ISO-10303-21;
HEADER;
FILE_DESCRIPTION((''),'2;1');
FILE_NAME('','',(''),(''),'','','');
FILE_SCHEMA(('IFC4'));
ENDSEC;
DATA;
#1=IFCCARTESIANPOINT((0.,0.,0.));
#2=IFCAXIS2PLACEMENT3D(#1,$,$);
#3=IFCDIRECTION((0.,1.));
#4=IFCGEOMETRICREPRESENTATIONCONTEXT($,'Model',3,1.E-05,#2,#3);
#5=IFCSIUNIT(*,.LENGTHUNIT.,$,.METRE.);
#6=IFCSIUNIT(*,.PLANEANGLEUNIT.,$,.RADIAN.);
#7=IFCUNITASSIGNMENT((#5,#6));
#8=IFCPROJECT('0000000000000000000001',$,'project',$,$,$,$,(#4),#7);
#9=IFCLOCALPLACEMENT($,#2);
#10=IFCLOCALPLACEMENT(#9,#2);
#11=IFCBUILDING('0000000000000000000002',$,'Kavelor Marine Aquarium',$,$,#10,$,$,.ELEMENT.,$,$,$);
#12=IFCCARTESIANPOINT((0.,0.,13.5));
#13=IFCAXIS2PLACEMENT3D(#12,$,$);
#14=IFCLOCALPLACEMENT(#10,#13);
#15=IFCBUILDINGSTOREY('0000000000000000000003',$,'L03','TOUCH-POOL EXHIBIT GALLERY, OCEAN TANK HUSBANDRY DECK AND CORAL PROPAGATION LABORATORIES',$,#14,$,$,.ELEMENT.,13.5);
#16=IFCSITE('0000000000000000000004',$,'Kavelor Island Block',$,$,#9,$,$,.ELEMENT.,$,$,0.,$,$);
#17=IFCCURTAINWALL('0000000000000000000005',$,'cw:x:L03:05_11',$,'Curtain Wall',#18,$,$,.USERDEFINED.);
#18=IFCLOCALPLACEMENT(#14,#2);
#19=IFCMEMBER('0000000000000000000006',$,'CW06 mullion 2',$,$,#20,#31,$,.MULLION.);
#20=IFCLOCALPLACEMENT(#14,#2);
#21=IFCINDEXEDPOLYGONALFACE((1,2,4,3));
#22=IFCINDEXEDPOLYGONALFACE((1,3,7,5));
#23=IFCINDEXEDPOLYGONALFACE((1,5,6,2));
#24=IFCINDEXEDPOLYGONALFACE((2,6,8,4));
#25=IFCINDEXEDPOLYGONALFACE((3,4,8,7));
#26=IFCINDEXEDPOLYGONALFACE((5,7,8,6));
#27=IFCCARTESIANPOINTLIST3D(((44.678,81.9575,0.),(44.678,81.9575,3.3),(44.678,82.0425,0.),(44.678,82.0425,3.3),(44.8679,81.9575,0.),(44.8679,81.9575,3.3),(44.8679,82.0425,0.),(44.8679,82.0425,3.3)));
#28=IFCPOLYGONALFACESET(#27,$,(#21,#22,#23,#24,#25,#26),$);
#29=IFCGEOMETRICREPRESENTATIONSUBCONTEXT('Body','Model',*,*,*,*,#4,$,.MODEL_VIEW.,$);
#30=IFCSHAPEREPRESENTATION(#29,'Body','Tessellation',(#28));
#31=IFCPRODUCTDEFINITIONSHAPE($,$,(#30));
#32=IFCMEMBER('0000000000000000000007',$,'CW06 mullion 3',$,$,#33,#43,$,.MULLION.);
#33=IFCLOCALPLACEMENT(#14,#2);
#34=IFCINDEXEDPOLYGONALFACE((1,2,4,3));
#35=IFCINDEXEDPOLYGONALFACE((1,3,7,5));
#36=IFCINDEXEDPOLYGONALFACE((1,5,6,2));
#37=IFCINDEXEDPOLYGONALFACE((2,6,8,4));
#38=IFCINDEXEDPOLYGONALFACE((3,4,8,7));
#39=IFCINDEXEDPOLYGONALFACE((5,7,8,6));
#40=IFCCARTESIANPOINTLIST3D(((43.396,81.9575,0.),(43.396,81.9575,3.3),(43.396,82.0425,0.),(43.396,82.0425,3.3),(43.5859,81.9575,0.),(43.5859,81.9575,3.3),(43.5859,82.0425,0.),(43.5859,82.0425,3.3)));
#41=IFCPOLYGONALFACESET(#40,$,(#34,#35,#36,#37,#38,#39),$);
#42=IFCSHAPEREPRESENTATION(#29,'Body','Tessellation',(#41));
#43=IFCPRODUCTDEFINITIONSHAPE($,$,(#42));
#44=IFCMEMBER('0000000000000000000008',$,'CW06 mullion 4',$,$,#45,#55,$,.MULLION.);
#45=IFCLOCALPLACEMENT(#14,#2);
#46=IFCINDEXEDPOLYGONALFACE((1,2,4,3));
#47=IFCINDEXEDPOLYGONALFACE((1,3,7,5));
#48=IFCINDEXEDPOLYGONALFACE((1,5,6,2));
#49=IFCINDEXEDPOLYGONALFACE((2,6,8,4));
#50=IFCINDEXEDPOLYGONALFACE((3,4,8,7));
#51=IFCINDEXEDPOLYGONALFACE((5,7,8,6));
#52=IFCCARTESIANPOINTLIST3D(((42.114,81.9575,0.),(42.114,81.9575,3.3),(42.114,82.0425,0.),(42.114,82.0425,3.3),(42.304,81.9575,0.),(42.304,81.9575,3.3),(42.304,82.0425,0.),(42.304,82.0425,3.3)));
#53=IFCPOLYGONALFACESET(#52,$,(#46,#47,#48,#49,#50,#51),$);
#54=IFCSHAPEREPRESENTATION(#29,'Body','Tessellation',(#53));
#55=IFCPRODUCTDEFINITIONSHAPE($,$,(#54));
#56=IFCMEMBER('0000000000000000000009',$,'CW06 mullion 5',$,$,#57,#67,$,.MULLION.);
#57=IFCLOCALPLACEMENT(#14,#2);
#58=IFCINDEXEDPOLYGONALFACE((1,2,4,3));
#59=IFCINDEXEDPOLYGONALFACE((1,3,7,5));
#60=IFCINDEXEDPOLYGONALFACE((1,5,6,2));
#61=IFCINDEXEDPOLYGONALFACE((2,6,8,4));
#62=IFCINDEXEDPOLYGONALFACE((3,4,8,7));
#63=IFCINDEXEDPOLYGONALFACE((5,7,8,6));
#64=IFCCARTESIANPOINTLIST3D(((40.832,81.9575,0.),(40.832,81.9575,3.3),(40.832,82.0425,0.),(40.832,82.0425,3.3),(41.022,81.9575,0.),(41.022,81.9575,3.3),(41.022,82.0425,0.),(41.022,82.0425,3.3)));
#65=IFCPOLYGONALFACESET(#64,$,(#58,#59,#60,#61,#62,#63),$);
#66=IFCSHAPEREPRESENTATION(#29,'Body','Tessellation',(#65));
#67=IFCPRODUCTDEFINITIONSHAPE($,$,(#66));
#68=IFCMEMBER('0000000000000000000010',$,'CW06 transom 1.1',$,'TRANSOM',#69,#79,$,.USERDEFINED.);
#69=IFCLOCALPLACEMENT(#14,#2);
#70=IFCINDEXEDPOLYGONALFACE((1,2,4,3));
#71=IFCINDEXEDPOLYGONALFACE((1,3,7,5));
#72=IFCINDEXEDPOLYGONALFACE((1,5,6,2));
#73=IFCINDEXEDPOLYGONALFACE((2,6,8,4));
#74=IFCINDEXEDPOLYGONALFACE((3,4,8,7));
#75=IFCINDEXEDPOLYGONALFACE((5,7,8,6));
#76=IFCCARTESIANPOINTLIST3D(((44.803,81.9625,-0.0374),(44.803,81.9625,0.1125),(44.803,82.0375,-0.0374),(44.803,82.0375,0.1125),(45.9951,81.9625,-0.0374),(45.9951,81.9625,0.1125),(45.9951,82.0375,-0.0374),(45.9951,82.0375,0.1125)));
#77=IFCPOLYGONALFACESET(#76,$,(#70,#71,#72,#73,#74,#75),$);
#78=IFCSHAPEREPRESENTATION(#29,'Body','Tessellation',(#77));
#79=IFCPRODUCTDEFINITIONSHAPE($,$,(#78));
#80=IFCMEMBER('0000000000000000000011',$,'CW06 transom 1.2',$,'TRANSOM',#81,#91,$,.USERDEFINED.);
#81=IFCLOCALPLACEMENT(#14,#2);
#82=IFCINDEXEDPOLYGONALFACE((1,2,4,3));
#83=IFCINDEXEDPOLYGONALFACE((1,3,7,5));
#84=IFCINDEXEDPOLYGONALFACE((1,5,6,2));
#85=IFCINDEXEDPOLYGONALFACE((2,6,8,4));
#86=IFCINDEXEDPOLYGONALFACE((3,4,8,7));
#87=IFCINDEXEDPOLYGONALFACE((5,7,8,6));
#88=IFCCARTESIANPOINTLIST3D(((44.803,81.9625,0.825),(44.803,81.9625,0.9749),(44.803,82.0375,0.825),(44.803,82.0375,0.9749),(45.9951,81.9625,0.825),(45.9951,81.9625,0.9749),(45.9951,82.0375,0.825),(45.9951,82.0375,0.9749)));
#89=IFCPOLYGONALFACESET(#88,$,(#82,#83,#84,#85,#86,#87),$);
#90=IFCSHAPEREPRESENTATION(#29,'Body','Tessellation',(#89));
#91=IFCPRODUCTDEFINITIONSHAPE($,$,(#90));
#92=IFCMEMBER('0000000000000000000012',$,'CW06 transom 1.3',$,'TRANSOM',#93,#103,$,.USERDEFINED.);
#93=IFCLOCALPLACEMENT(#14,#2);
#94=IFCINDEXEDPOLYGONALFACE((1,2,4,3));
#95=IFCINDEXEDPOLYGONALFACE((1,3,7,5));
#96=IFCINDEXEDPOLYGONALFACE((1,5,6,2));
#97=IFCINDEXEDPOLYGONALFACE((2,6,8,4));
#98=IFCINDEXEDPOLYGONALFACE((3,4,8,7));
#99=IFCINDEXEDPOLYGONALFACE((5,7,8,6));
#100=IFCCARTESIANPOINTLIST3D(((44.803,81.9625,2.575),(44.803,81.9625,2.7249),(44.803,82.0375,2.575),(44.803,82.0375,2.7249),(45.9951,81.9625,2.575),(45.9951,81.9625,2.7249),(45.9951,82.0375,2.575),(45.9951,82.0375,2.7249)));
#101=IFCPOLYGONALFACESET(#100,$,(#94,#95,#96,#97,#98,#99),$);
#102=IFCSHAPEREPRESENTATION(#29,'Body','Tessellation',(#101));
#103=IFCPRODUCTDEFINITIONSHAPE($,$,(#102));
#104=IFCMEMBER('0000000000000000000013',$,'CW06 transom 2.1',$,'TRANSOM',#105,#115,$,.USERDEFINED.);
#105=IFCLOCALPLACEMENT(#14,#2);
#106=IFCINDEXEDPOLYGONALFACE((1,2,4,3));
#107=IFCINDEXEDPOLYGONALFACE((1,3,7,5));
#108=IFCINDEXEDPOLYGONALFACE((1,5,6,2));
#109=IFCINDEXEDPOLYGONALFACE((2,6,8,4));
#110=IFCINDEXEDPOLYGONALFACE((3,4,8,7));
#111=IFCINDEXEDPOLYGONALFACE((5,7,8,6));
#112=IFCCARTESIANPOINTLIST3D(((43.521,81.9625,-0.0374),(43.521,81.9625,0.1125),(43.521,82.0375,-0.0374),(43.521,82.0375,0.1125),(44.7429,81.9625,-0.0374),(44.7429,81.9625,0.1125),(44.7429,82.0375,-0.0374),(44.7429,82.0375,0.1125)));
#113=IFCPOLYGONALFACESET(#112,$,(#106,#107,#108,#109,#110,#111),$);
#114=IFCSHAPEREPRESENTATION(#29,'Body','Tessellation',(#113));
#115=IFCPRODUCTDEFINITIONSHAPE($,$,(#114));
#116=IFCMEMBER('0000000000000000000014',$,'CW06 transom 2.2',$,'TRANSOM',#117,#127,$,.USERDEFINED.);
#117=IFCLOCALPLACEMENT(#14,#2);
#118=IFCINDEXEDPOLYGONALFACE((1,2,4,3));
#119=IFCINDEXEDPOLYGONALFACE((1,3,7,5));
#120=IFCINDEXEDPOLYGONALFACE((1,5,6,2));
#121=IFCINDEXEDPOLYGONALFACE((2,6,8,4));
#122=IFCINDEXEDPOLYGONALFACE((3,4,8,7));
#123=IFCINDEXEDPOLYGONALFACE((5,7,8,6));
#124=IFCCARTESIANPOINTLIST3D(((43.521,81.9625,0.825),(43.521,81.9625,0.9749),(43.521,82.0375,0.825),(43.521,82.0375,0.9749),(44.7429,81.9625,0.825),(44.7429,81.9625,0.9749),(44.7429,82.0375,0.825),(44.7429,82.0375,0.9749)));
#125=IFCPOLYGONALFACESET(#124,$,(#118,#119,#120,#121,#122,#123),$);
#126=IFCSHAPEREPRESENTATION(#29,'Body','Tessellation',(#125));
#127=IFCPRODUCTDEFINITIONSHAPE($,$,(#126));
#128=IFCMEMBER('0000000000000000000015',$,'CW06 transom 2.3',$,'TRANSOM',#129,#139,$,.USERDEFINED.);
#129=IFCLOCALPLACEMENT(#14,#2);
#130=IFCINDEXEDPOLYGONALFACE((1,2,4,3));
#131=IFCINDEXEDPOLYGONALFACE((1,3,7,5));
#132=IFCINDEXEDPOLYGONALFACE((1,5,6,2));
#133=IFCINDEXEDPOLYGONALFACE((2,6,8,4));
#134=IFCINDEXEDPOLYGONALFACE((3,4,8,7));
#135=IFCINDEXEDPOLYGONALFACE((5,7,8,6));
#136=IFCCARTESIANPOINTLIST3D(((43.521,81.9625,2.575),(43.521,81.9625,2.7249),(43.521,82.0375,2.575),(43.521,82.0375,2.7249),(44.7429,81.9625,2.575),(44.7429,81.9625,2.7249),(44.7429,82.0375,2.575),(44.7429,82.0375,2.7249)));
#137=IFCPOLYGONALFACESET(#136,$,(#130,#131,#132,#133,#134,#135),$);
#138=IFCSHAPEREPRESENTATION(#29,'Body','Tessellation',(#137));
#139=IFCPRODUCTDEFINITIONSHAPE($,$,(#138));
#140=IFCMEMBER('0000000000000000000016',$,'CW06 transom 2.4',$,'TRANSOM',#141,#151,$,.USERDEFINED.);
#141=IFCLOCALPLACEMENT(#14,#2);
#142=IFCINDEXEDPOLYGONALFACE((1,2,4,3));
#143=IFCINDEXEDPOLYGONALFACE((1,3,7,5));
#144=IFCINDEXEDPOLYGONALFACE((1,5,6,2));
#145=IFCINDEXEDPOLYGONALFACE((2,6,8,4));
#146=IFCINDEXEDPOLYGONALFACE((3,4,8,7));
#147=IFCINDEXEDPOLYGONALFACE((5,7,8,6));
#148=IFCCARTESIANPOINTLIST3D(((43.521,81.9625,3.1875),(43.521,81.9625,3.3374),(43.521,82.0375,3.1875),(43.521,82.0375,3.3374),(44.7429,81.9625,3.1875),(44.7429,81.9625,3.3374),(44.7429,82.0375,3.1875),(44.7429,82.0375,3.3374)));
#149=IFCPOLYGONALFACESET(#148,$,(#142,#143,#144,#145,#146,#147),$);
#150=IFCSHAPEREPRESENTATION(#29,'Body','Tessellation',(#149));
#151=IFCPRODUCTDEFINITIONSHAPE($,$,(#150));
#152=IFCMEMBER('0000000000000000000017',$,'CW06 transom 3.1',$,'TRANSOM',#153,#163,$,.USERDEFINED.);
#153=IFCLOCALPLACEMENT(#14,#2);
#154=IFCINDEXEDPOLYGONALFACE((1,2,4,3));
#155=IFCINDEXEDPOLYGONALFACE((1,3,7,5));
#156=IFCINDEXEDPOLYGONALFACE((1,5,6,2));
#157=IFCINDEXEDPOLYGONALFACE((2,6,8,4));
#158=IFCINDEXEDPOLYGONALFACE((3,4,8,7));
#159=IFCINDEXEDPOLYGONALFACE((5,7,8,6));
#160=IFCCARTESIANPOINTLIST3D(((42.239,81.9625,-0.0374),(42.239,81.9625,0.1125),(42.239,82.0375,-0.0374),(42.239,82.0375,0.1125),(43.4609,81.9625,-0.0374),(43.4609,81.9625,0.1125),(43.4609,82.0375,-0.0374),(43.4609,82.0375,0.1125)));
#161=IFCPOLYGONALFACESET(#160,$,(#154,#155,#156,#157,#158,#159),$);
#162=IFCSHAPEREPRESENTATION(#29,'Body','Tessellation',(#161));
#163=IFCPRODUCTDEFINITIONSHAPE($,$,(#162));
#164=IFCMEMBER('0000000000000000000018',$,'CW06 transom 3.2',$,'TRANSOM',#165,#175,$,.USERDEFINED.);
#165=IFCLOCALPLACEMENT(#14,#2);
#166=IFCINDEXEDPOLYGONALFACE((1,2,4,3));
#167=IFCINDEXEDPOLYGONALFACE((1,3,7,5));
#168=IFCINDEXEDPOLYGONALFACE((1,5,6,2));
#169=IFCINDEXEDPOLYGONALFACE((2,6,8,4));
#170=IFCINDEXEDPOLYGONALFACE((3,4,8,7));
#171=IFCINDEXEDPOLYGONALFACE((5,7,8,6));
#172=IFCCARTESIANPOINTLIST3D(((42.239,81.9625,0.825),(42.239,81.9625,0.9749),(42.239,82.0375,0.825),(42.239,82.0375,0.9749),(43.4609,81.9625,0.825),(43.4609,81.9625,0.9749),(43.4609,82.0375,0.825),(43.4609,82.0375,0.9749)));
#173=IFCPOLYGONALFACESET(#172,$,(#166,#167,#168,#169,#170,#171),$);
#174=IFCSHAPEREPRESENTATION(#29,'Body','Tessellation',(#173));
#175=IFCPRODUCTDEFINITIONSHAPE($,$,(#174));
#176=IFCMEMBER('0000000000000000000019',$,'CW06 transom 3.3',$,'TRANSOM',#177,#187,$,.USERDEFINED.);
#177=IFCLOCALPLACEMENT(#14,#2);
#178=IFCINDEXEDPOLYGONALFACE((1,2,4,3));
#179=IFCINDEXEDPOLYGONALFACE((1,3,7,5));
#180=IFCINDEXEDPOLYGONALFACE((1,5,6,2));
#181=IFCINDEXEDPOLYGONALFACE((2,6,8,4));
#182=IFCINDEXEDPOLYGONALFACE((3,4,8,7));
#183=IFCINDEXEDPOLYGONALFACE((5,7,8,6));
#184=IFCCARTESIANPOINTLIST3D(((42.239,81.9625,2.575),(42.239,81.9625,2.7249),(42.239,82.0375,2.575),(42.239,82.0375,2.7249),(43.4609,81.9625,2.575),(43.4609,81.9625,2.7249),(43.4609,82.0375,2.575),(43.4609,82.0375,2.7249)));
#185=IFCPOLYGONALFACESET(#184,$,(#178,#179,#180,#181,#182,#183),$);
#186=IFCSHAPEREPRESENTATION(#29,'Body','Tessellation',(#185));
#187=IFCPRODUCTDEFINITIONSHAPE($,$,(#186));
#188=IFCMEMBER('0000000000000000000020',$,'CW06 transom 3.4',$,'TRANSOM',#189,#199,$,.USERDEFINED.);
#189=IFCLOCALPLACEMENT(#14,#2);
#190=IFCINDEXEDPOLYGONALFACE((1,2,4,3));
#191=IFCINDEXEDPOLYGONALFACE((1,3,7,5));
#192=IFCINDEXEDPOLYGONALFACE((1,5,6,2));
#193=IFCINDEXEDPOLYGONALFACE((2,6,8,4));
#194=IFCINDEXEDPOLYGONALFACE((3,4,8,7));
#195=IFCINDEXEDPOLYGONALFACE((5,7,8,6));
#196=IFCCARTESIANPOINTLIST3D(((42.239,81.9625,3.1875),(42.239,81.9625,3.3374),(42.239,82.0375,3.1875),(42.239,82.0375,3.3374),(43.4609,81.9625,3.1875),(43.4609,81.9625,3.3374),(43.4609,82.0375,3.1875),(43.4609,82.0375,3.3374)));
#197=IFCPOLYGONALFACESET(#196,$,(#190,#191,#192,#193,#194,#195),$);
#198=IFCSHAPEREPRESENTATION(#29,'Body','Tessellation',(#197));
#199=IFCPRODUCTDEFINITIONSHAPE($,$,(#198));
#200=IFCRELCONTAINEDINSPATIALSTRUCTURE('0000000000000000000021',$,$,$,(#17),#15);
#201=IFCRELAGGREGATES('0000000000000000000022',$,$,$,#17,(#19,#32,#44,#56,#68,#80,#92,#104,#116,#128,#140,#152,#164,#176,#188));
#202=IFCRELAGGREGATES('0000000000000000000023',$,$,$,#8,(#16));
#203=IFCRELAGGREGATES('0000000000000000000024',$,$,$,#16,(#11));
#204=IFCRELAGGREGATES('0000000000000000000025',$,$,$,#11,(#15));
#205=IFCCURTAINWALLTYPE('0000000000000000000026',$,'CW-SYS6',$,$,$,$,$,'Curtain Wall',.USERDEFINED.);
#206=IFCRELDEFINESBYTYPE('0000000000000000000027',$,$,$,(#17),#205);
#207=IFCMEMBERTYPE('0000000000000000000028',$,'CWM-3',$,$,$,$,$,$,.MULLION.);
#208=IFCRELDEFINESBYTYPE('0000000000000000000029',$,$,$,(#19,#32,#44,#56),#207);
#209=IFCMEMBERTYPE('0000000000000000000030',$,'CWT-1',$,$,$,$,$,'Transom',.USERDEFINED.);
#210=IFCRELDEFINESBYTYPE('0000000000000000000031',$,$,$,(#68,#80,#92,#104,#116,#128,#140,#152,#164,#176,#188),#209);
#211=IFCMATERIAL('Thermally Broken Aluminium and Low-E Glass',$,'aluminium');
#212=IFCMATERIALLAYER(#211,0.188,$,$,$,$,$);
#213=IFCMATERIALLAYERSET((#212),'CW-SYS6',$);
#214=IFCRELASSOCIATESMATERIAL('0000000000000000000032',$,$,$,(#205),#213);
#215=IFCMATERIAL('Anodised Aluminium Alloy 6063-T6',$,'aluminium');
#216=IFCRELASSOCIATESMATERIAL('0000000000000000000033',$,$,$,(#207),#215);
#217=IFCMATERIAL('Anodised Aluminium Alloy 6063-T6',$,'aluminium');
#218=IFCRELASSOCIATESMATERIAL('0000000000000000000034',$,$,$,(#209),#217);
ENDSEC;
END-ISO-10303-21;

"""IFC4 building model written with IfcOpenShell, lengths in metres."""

from ifc_helpers import new_model, si_unit, direction, frame, origin, origin_2d, place, context, subcontext, project, spatial, rectangle, extrude, material, layer, layer_set, material_profile, profile_set, type_object, element, aggregate, save


model = new_model("IFC4")

# Units and contexts
model_context = context("Model", 3, precision=1e-05, world=origin(), true_north=direction((0.0, 1.0)))
body_context = subcontext(model_context, "Body", "Model", "MODEL_VIEW")
ifc_project = project(units=[si_unit("LENGTHUNIT", "METRE"), si_unit("PLANEANGLEUNIT", "RADIAN")], contexts=[model_context])

# Site, building, storey
site_placement = place(None, origin())
site = spatial("IfcSite", under=ifc_project, at=site_placement, Name="Kavelor Island Block", CompositionType="ELEMENT", RefElevation=0.0)
building_placement = place(site_placement, origin())
building = spatial("IfcBuilding", under=site, at=building_placement, Name="Kavelor Marine Aquarium", CompositionType="ELEMENT")
storey_placement = place(building_placement, frame((0.0, 0.0, 13.5)))
storey = spatial("IfcBuildingStorey", under=building, at=storey_placement, Name="L03", Description="TOUCH-POOL EXHIBIT GALLERY, OCEAN TANK HUSBANDRY DECK AND CORAL PROPAGATION LABORATORIES", CompositionType="ELEMENT", Elevation=13.5)

# Curtain wall, members
ifc_material_1 = material(Name="Thermally Broken Aluminium and Low-E Glass", Category="aluminium")
ifc_layer_1 = layer(ifc_material_1, 0.188)
ifc_layer_set_1 = layer_set([ifc_layer_1], Name="CW-SYS6")
curtain_wall_type = type_object("IfcCurtainWallType", Name="CW-SYS6", ElementType="Curtain Wall", PredefinedType="USERDEFINED", material=ifc_layer_set_1)
curtain_wall_placement = place(storey_placement, origin())
curtain_wall = element("IfcCurtainWall", 1, at=curtain_wall_placement, inside=storey, type_object=curtain_wall_type, Name="cw:x:L03:05_11", ObjectType="Curtain Wall", PredefinedType="USERDEFINED")
ifc_material_2 = material(Name="Anodised Aluminium Alloy 6063-T6", Category="aluminium")
ifc_material_profile_1 = material_profile(ifc_material_2, rectangle(XDim=0.085, YDim=0.1899, at=origin_2d()), Name="CW-MUL 85x190")
ifc_profile_set_1 = profile_set([ifc_material_profile_1], Name="Anodised Aluminium Alloy 6063-T6")
member_type_1 = type_object("IfcMemberType", Name="CWM-3", PredefinedType="MULLION", material=ifc_profile_set_1)
member_1_placement = place(storey_placement, frame((44.7729, 82.0, 0.0), z_axis=(0.0, 0.0, 1.0), x_axis=(0.0, -1.0, 0.0)))
member_1 = element("IfcMember", 2, at=member_1_placement, type_object=member_type_1, Name="CW06 mullion 2", PredefinedType="MULLION", context=body_context, shape_type="SweptSolid", body=[
    extrude(rectangle(XDim=0.085, YDim=0.1899, at=origin_2d()), origin(), (0.0, 0.0, 1.0), 3.3),
])
member_2_placement = place(storey_placement, frame((43.491, 82.0, 0.0), z_axis=(0.0, 0.0, 1.0), x_axis=(0.0, -1.0, 0.0)))
member_2 = element("IfcMember", 3, at=member_2_placement, type_object=member_type_1, Name="CW06 mullion 3", PredefinedType="MULLION", context=body_context, shape_type="SweptSolid", body=[
    extrude(rectangle(XDim=0.085, YDim=0.1899, at=origin_2d()), origin(), (0.0, 0.0, 1.0), 3.3),
])
member_3_placement = place(storey_placement, frame((42.209, 82.0, 0.0), z_axis=(0.0, 0.0, 1.0), x_axis=(0.0, -1.0, 0.0)))
member_3 = element("IfcMember", 4, at=member_3_placement, type_object=member_type_1, Name="CW06 mullion 4", PredefinedType="MULLION", context=body_context, shape_type="SweptSolid", body=[
    extrude(rectangle(XDim=0.085, YDim=0.1899, at=origin_2d()), origin(), (0.0, 0.0, 1.0), 3.3),
])
member_4_placement = place(storey_placement, frame((40.927, 82.0, 0.0), z_axis=(0.0, 0.0, 1.0), x_axis=(0.0, -1.0, 0.0)))
member_4 = element("IfcMember", 5, at=member_4_placement, type_object=member_type_1, Name="CW06 mullion 5", PredefinedType="MULLION", context=body_context, shape_type="SweptSolid", body=[
    extrude(rectangle(XDim=0.085, YDim=0.1899, at=origin_2d()), origin(), (0.0, 0.0, 1.0), 3.3),
])
ifc_material_3 = material(Name="Anodised Aluminium Alloy 6063-T6", Category="aluminium")
ifc_material_profile_2 = material_profile(ifc_material_3, rectangle(XDim=0.075, YDim=0.1499, at=origin_2d()), Name="CW-TRN 75x150")
ifc_profile_set_2 = profile_set([ifc_material_profile_2], Name="Anodised Aluminium Alloy 6063-T6")
member_type_2 = type_object("IfcMemberType", Name="CWT-1", ElementType="Transom", PredefinedType="USERDEFINED", material=ifc_profile_set_2)
member_5_placement = place(storey_placement, frame((45.9951, 82.0, 0.0376), z_axis=(-1.0, 0.0, 0.0), x_axis=(0.0, -1.0, 0.0)))
member_5 = element("IfcMember", 6, at=member_5_placement, type_object=member_type_2, Name="CW06 transom 1.1", ObjectType="TRANSOM", PredefinedType="USERDEFINED", context=body_context, shape_type="SweptSolid", body=[
    extrude(rectangle(XDim=0.075, YDim=0.1499, at=origin_2d()), origin(), (0.0, 0.0, 1.0), 1.1921),
])
member_6_placement = place(storey_placement, frame((45.9951, 82.0, 0.8999), z_axis=(-1.0, 0.0, 0.0), x_axis=(0.0, -1.0, 0.0)))
member_6 = element("IfcMember", 7, at=member_6_placement, type_object=member_type_2, Name="CW06 transom 1.2", ObjectType="TRANSOM", PredefinedType="USERDEFINED", context=body_context, shape_type="SweptSolid", body=[
    extrude(rectangle(XDim=0.075, YDim=0.1499, at=origin_2d()), origin(), (0.0, 0.0, 1.0), 1.1921),
])
member_7_placement = place(storey_placement, frame((45.9951, 82.0, 2.6499), z_axis=(-1.0, 0.0, 0.0), x_axis=(0.0, -1.0, 0.0)))
member_7 = element("IfcMember", 8, at=member_7_placement, type_object=member_type_2, Name="CW06 transom 1.3", ObjectType="TRANSOM", PredefinedType="USERDEFINED", context=body_context, shape_type="SweptSolid", body=[
    extrude(rectangle(XDim=0.075, YDim=0.1499, at=origin_2d()), origin(), (0.0, 0.0, 1.0), 1.1921),
])
member_8_placement = place(storey_placement, frame((44.7429, 82.0, 0.0376), z_axis=(-1.0, 0.0, 0.0), x_axis=(0.0, -1.0, 0.0)))
member_8 = element("IfcMember", 9, at=member_8_placement, type_object=member_type_2, Name="CW06 transom 2.1", ObjectType="TRANSOM", PredefinedType="USERDEFINED", context=body_context, shape_type="SweptSolid", body=[
    extrude(rectangle(XDim=0.075, YDim=0.1499, at=origin_2d()), origin(), (0.0, 0.0, 1.0), 1.2219),
])
member_9_placement = place(storey_placement, frame((44.7429, 82.0, 0.8999), z_axis=(-1.0, 0.0, 0.0), x_axis=(0.0, -1.0, 0.0)))
member_9 = element("IfcMember", 10, at=member_9_placement, type_object=member_type_2, Name="CW06 transom 2.2", ObjectType="TRANSOM", PredefinedType="USERDEFINED", context=body_context, shape_type="SweptSolid", body=[
    extrude(rectangle(XDim=0.075, YDim=0.1499, at=origin_2d()), origin(), (0.0, 0.0, 1.0), 1.2219),
])
member_10_placement = place(storey_placement, frame((44.7429, 82.0, 2.6499), z_axis=(-1.0, 0.0, 0.0), x_axis=(0.0, -1.0, 0.0)))
member_10 = element("IfcMember", 11, at=member_10_placement, type_object=member_type_2, Name="CW06 transom 2.3", ObjectType="TRANSOM", PredefinedType="USERDEFINED", context=body_context, shape_type="SweptSolid", body=[
    extrude(rectangle(XDim=0.075, YDim=0.1499, at=origin_2d()), origin(), (0.0, 0.0, 1.0), 1.2219),
])
member_11_placement = place(storey_placement, frame((44.7429, 82.0, 3.2625), z_axis=(-1.0, 0.0, 0.0), x_axis=(0.0, -1.0, 0.0)))
member_11 = element("IfcMember", 12, at=member_11_placement, type_object=member_type_2, Name="CW06 transom 2.4", ObjectType="TRANSOM", PredefinedType="USERDEFINED", context=body_context, shape_type="SweptSolid", body=[
    extrude(rectangle(XDim=0.075, YDim=0.1499, at=origin_2d()), origin(), (0.0, 0.0, 1.0), 1.2219),
])
member_12_placement = place(storey_placement, frame((43.4609, 82.0, 0.0376), z_axis=(-1.0, 0.0, 0.0), x_axis=(0.0, -1.0, 0.0)))
member_12 = element("IfcMember", 13, at=member_12_placement, type_object=member_type_2, Name="CW06 transom 3.1", ObjectType="TRANSOM", PredefinedType="USERDEFINED", context=body_context, shape_type="SweptSolid", body=[
    extrude(rectangle(XDim=0.075, YDim=0.1499, at=origin_2d()), origin(), (0.0, 0.0, 1.0), 1.2219),
])
member_13_placement = place(storey_placement, frame((43.4609, 82.0, 0.8999), z_axis=(-1.0, 0.0, 0.0), x_axis=(0.0, -1.0, 0.0)))
member_13 = element("IfcMember", 14, at=member_13_placement, type_object=member_type_2, Name="CW06 transom 3.2", ObjectType="TRANSOM", PredefinedType="USERDEFINED", context=body_context, shape_type="SweptSolid", body=[
    extrude(rectangle(XDim=0.075, YDim=0.1499, at=origin_2d()), origin(), (0.0, 0.0, 1.0), 1.2219),
])
member_14_placement = place(storey_placement, frame((43.4609, 82.0, 2.6499), z_axis=(-1.0, 0.0, 0.0), x_axis=(0.0, -1.0, 0.0)))
member_14 = element("IfcMember", 15, at=member_14_placement, type_object=member_type_2, Name="CW06 transom 3.3", ObjectType="TRANSOM", PredefinedType="USERDEFINED", context=body_context, shape_type="SweptSolid", body=[
    extrude(rectangle(XDim=0.075, YDim=0.1499, at=origin_2d()), origin(), (0.0, 0.0, 1.0), 1.2219),
])
member_15_placement = place(storey_placement, frame((43.4609, 82.0, 3.2625), z_axis=(-1.0, 0.0, 0.0), x_axis=(0.0, -1.0, 0.0)))
member_15 = element("IfcMember", 16, at=member_15_placement, type_object=member_type_2, Name="CW06 transom 3.4", ObjectType="TRANSOM", PredefinedType="USERDEFINED", context=body_context, shape_type="SweptSolid", body=[
    extrude(rectangle(XDim=0.075, YDim=0.1499, at=origin_2d()), origin(), (0.0, 0.0, 1.0), 1.2219),
])
aggregate(curtain_wall, [member_1, member_2, member_3, member_4, member_5, member_6, member_7, member_8, member_9, member_10, member_11, member_12, member_13, member_14, member_15])

save(model, "model.ifc")
